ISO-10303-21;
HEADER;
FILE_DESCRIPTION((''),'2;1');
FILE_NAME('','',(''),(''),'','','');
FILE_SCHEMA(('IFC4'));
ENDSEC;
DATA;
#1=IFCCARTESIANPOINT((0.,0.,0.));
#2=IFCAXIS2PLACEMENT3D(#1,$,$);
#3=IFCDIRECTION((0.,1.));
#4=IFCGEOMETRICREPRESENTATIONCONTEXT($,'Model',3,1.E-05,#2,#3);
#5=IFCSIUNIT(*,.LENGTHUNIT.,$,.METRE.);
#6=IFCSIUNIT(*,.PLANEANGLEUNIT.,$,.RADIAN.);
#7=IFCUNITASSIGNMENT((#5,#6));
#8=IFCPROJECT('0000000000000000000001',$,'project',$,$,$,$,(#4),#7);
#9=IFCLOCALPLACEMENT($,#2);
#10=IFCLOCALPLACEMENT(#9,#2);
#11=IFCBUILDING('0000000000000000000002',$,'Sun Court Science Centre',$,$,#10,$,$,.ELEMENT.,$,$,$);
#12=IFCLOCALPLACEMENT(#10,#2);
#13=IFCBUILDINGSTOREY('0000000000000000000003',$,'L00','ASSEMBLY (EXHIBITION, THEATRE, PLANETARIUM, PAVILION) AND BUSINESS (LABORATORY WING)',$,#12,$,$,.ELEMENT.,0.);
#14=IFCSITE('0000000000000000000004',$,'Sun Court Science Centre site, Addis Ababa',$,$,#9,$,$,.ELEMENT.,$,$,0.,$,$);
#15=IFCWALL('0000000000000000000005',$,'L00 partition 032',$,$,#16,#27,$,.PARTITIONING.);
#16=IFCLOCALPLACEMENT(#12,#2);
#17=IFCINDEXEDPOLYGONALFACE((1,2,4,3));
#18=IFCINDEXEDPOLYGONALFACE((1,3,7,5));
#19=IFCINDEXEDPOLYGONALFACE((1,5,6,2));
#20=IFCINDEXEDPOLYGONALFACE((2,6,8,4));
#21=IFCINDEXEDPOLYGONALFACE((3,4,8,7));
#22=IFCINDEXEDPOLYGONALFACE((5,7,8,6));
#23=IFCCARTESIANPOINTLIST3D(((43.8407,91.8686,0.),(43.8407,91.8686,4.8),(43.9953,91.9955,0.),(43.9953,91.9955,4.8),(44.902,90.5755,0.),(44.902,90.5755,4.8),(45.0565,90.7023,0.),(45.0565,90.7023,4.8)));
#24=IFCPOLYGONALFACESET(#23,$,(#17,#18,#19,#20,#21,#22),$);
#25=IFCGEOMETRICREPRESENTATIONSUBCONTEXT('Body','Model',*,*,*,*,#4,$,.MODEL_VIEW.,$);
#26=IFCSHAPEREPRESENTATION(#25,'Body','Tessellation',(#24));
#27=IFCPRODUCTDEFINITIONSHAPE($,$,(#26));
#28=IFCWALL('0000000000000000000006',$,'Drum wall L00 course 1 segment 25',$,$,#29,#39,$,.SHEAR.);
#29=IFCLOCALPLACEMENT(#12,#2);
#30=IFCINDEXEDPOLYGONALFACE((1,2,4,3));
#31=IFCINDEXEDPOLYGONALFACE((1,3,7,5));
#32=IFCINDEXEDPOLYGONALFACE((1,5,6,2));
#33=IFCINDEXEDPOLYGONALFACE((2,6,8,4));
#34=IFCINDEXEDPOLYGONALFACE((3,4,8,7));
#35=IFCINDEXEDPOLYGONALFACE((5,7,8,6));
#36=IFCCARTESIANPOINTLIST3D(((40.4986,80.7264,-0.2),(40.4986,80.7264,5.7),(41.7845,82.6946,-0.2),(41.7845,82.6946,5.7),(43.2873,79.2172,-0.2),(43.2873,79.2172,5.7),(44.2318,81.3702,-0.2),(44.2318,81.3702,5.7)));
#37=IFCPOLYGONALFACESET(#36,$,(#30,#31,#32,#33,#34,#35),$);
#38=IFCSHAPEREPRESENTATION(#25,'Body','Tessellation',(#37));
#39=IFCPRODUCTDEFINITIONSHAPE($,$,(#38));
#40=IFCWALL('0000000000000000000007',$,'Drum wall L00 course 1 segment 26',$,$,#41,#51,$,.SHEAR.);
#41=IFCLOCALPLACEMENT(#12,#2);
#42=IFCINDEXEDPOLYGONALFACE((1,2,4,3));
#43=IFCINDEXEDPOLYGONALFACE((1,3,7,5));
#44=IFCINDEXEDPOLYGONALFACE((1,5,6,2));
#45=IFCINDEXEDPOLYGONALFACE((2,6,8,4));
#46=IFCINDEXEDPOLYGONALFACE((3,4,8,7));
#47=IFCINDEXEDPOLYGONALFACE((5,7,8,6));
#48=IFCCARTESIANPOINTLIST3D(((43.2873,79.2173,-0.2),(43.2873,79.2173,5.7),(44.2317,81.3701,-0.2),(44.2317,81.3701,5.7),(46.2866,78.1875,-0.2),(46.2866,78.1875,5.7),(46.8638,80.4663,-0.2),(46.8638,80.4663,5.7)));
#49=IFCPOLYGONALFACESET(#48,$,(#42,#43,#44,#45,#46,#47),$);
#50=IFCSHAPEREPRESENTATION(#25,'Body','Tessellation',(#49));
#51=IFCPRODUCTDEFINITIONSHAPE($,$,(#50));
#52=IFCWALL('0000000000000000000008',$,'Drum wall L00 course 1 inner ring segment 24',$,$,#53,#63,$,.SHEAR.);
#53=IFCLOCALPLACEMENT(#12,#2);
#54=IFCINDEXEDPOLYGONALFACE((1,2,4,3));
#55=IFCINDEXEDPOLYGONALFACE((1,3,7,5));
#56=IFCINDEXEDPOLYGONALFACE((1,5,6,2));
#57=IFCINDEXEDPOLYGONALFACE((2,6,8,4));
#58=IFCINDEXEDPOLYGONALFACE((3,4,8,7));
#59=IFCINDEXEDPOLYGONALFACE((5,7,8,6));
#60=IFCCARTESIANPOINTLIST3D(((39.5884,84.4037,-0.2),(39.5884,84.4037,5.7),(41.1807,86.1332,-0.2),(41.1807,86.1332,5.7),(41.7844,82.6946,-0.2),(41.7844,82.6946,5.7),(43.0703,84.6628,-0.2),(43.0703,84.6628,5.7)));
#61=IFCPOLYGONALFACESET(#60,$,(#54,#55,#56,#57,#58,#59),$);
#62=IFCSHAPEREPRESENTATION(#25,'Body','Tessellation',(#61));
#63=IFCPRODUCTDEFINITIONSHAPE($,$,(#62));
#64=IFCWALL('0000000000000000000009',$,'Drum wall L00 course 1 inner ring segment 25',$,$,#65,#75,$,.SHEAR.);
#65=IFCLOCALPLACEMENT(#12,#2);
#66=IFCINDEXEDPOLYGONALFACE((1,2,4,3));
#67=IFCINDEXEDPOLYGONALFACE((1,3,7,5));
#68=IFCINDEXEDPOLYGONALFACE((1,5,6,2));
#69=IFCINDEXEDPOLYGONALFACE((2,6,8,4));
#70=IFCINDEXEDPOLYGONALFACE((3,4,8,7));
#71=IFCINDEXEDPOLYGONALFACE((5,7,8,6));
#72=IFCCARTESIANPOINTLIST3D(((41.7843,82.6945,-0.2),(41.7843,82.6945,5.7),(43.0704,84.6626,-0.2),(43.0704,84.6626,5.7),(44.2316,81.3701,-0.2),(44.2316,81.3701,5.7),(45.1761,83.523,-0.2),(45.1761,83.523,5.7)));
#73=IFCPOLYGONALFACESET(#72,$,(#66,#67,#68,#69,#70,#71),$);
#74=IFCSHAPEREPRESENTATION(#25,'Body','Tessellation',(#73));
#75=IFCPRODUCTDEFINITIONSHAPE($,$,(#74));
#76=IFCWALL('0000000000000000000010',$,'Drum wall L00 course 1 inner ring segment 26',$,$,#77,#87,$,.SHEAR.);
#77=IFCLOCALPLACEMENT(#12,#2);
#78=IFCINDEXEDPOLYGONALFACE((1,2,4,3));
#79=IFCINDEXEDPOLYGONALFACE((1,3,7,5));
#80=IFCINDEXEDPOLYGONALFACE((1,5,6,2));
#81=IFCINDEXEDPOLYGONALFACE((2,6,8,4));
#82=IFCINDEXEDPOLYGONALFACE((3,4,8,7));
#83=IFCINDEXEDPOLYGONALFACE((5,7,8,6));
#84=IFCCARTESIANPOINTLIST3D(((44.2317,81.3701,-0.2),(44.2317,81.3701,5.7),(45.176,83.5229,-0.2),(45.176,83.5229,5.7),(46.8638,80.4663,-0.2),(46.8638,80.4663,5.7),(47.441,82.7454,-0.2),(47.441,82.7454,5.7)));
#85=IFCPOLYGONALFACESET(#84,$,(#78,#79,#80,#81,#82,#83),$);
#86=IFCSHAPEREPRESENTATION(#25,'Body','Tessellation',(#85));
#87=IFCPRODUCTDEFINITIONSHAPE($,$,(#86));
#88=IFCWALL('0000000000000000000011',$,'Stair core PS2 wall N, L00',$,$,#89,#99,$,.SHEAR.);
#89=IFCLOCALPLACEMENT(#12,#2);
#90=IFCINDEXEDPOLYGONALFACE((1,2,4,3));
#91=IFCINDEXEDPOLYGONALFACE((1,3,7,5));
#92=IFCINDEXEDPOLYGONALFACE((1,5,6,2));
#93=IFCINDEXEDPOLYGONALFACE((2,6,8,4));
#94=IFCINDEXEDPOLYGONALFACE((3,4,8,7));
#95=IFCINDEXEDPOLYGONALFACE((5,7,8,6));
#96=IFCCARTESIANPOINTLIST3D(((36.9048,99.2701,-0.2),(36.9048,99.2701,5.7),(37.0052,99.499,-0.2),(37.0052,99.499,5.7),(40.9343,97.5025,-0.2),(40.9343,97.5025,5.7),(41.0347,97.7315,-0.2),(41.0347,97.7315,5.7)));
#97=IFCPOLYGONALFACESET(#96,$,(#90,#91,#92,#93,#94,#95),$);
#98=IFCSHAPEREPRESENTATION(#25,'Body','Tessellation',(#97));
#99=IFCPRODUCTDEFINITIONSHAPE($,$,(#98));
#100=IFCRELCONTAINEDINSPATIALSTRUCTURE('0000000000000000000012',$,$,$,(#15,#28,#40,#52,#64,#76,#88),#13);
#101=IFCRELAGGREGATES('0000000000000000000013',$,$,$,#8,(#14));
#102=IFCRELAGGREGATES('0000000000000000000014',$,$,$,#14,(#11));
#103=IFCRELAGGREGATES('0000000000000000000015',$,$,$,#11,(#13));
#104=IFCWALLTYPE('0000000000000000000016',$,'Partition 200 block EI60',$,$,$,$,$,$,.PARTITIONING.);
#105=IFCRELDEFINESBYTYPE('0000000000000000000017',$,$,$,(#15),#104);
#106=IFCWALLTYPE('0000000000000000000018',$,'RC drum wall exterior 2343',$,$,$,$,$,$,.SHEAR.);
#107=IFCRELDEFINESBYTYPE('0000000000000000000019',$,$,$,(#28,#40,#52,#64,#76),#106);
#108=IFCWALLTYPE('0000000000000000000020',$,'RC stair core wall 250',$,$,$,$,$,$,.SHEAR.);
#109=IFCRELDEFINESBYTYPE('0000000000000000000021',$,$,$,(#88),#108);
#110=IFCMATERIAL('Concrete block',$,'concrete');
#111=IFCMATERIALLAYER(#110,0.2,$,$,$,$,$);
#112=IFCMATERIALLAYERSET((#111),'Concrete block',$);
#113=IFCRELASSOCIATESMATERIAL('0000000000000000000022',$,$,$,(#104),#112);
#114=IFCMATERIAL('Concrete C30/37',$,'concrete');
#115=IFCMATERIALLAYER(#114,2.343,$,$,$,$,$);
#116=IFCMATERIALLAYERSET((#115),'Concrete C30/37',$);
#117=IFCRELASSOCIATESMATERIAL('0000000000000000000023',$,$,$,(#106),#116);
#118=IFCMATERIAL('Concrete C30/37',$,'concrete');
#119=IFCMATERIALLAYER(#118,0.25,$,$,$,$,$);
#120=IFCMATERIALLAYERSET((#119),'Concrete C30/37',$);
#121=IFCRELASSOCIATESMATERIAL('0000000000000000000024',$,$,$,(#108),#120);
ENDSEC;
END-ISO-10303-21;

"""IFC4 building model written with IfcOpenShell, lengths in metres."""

from ifc_helpers import new_model, si_unit, direction, frame, frame_2d, origin, place, context, subcontext, project, spatial, polyline, rectangle, outline, extrude, material, layer, layer_set, type_object, element, save


model = new_model("IFC4")

# Units and contexts
model_context = context("Model", 3, precision=1e-05, world=origin(), true_north=direction((0.0, 1.0)))
body_context = subcontext(model_context, "Body", "Model", "MODEL_VIEW")
ifc_project = project(units=[si_unit("LENGTHUNIT", "METRE"), si_unit("PLANEANGLEUNIT", "RADIAN")], contexts=[model_context])

# Site, building, storey
site_placement = place(None, origin())
site = spatial("IfcSite", under=ifc_project, at=site_placement, Name="Sun Court Science Centre site, Addis Ababa", CompositionType="ELEMENT", RefElevation=0.0)
building_placement = place(site_placement, origin())
building = spatial("IfcBuilding", under=site, at=building_placement, Name="Sun Court Science Centre", CompositionType="ELEMENT")
storey_placement = place(building_placement, origin())
storey = spatial("IfcBuildingStorey", under=building, at=storey_placement, Name="L00", Description="ASSEMBLY (EXHIBITION, THEATRE, PLANETARIUM, PAVILION) AND BUSINESS (LABORATORY WING)", CompositionType="ELEMENT", Elevation=0.0)

# Shared definitions
ifc_material_1 = material(Name="Concrete block", Category="concrete")
ifc_layer_1 = layer(ifc_material_1, 0.2)
ifc_layer_set_1 = layer_set([ifc_layer_1], Name="Concrete block")
wall_type_1 = type_object("IfcWallType", Name="Partition 200 block EI60", PredefinedType="PARTITIONING", material=ifc_layer_set_1)

# Walls
wall_1_placement = place(storey_placement, frame((44.9792, 90.6389, 0.0), z_axis=(0.0, 0.0, 1.0), x_axis=(-0.634381, 0.77302, 0.0)))
element("IfcWall", 1, at=wall_1_placement, inside=storey, type_object=wall_type_1, Name="L00 partition 032", PredefinedType="PARTITIONING", context=body_context, shape_type="SweptSolid", body=[
    extrude(rectangle(XDim=1.6729, YDim=0.2, at=frame_2d((0.8364, 0.0))), origin(), (0.0, 0.0, 1.0), 4.8),
])
ifc_material_2 = material(Name="Concrete C30/37", Category="concrete")
ifc_layer_2 = layer(ifc_material_2, 2.343)
ifc_layer_set_2 = layer_set([ifc_layer_2], Name="Concrete C30/37")
wall_type_2 = type_object("IfcWallType", Name="RC drum wall exterior 2343", PredefinedType="SHEAR", material=ifc_layer_set_2)
wall_2_placement = place(storey_placement, frame((41.0562, 81.7566, -0.2), z_axis=(0.0, 0.0, 1.0), x_axis=(0.879468, -0.475958, 0.0)))
element("IfcWall", 2, at=wall_2_placement, inside=storey, type_object=wall_type_2, Name="Drum wall L00 course 1 segment 25", PredefinedType="SHEAR", context=body_context, shape_type="SweptSolid", body=[
    extrude(outline(polyline([(0.0, -1.1714), (3.1709, -1.1714), (2.9768, 1.1716), (0.1941, 1.1716), (0.0, -1.1714)])), origin(), (0.0, 0.0, 1.0), 5.8999),
])
wall_3_placement = place(storey_placement, frame((43.6677, 80.3252, -0.2), z_axis=(0.0, 0.0, 1.0), x_axis=(0.945804, -0.324738, 0.0)))
element("IfcWall", 3, at=wall_3_placement, inside=storey, type_object=wall_type_2, Name="Drum wall L00 course 1 segment 26", PredefinedType="SHEAR", context=body_context, shape_type="SweptSolid", body=[
    extrude(outline(polyline([(0.0, -1.1714), (3.1711, -1.1714), (2.9771, 1.1714), (0.1941, 1.1714), (0.0, -1.1714)])), origin(), (0.0, 0.0, 1.0), 5.8999),
])
wall_4_placement = place(storey_placement, frame((40.3079, 85.3281, -0.2), z_axis=(0.0, 0.0, 1.0), x_axis=(0.789144, -0.614208, 0.0)))
element("IfcWall", 4, at=wall_4_placement, inside=storey, type_object=wall_type_2, Name="Drum wall L00 course 1 inner ring segment 24", PredefinedType="SHEAR", context=body_context, shape_type="SweptSolid", body=[
    extrude(outline(polyline([(0.0, -1.1714), (2.7827, -1.1714), (2.5886, 1.1716), (0.1943, 1.1714), (0.0, -1.1714)])), origin(), (0.0, 0.0, 1.0), 5.8999),
])
wall_5_placement = place(storey_placement, frame((42.342, 83.7246, -0.2), z_axis=(0.0, 0.0, 1.0), x_axis=(0.879463, -0.475967, 0.0)))
element("IfcWall", 5, at=wall_5_placement, inside=storey, type_object=wall_type_2, Name="Drum wall L00 course 1 inner ring segment 25", PredefinedType="SHEAR", context=body_context, shape_type="SweptSolid", body=[
    extrude(outline(polyline([(-0.0002, -1.1714), (2.7825, -1.1714), (2.5884, 1.1716), (0.1941, 1.1716), (-0.0002, -1.1714)])), origin(), (0.0, 0.0, 1.0), 5.8999),
])
wall_6_placement = place(storey_placement, frame((44.6121, 82.478, -0.2), z_axis=(0.0, 0.0, 1.0), x_axis=(0.945821, -0.32469, 0.0)))
element("IfcWall", 6, at=wall_6_placement, inside=storey, type_object=wall_type_2, Name="Drum wall L00 course 1 inner ring segment 26", PredefinedType="SHEAR", context=body_context, shape_type="SweptSolid", body=[
    extrude(outline(polyline([(0.0, -1.1714), (2.783, -1.1716), (2.5889, 1.1714), (0.1941, 1.1714), (0.0, -1.1714)])), origin(), (0.0, 0.0, 1.0), 5.8999),
])
ifc_material_3 = material(Name="Concrete C30/37", Category="concrete")
ifc_layer_3 = layer(ifc_material_3, 0.25)
ifc_layer_set_3 = layer_set([ifc_layer_3], Name="Concrete C30/37")
wall_type_3 = type_object("IfcWallType", Name="RC stair core wall 250", PredefinedType="SHEAR", material=ifc_layer_set_3)
wall_7_placement = place(storey_placement, frame((40.9846, 97.6169, -0.2), z_axis=(0.0, 0.0, 1.0), x_axis=(-0.915769, 0.401706, 0.0)))
element("IfcWall", 7, at=wall_7_placement, inside=storey, type_object=wall_type_3, Name="Stair core PS2 wall N, L00", PredefinedType="SHEAR", context=body_context, shape_type="SweptSolid", body=[
    extrude(rectangle(XDim=4.4001, YDim=0.25, at=frame_2d((2.2002, 0.0))), origin(), (0.0, 0.0, 1.0), 5.8999),
])

save(model, "model.ifc")
